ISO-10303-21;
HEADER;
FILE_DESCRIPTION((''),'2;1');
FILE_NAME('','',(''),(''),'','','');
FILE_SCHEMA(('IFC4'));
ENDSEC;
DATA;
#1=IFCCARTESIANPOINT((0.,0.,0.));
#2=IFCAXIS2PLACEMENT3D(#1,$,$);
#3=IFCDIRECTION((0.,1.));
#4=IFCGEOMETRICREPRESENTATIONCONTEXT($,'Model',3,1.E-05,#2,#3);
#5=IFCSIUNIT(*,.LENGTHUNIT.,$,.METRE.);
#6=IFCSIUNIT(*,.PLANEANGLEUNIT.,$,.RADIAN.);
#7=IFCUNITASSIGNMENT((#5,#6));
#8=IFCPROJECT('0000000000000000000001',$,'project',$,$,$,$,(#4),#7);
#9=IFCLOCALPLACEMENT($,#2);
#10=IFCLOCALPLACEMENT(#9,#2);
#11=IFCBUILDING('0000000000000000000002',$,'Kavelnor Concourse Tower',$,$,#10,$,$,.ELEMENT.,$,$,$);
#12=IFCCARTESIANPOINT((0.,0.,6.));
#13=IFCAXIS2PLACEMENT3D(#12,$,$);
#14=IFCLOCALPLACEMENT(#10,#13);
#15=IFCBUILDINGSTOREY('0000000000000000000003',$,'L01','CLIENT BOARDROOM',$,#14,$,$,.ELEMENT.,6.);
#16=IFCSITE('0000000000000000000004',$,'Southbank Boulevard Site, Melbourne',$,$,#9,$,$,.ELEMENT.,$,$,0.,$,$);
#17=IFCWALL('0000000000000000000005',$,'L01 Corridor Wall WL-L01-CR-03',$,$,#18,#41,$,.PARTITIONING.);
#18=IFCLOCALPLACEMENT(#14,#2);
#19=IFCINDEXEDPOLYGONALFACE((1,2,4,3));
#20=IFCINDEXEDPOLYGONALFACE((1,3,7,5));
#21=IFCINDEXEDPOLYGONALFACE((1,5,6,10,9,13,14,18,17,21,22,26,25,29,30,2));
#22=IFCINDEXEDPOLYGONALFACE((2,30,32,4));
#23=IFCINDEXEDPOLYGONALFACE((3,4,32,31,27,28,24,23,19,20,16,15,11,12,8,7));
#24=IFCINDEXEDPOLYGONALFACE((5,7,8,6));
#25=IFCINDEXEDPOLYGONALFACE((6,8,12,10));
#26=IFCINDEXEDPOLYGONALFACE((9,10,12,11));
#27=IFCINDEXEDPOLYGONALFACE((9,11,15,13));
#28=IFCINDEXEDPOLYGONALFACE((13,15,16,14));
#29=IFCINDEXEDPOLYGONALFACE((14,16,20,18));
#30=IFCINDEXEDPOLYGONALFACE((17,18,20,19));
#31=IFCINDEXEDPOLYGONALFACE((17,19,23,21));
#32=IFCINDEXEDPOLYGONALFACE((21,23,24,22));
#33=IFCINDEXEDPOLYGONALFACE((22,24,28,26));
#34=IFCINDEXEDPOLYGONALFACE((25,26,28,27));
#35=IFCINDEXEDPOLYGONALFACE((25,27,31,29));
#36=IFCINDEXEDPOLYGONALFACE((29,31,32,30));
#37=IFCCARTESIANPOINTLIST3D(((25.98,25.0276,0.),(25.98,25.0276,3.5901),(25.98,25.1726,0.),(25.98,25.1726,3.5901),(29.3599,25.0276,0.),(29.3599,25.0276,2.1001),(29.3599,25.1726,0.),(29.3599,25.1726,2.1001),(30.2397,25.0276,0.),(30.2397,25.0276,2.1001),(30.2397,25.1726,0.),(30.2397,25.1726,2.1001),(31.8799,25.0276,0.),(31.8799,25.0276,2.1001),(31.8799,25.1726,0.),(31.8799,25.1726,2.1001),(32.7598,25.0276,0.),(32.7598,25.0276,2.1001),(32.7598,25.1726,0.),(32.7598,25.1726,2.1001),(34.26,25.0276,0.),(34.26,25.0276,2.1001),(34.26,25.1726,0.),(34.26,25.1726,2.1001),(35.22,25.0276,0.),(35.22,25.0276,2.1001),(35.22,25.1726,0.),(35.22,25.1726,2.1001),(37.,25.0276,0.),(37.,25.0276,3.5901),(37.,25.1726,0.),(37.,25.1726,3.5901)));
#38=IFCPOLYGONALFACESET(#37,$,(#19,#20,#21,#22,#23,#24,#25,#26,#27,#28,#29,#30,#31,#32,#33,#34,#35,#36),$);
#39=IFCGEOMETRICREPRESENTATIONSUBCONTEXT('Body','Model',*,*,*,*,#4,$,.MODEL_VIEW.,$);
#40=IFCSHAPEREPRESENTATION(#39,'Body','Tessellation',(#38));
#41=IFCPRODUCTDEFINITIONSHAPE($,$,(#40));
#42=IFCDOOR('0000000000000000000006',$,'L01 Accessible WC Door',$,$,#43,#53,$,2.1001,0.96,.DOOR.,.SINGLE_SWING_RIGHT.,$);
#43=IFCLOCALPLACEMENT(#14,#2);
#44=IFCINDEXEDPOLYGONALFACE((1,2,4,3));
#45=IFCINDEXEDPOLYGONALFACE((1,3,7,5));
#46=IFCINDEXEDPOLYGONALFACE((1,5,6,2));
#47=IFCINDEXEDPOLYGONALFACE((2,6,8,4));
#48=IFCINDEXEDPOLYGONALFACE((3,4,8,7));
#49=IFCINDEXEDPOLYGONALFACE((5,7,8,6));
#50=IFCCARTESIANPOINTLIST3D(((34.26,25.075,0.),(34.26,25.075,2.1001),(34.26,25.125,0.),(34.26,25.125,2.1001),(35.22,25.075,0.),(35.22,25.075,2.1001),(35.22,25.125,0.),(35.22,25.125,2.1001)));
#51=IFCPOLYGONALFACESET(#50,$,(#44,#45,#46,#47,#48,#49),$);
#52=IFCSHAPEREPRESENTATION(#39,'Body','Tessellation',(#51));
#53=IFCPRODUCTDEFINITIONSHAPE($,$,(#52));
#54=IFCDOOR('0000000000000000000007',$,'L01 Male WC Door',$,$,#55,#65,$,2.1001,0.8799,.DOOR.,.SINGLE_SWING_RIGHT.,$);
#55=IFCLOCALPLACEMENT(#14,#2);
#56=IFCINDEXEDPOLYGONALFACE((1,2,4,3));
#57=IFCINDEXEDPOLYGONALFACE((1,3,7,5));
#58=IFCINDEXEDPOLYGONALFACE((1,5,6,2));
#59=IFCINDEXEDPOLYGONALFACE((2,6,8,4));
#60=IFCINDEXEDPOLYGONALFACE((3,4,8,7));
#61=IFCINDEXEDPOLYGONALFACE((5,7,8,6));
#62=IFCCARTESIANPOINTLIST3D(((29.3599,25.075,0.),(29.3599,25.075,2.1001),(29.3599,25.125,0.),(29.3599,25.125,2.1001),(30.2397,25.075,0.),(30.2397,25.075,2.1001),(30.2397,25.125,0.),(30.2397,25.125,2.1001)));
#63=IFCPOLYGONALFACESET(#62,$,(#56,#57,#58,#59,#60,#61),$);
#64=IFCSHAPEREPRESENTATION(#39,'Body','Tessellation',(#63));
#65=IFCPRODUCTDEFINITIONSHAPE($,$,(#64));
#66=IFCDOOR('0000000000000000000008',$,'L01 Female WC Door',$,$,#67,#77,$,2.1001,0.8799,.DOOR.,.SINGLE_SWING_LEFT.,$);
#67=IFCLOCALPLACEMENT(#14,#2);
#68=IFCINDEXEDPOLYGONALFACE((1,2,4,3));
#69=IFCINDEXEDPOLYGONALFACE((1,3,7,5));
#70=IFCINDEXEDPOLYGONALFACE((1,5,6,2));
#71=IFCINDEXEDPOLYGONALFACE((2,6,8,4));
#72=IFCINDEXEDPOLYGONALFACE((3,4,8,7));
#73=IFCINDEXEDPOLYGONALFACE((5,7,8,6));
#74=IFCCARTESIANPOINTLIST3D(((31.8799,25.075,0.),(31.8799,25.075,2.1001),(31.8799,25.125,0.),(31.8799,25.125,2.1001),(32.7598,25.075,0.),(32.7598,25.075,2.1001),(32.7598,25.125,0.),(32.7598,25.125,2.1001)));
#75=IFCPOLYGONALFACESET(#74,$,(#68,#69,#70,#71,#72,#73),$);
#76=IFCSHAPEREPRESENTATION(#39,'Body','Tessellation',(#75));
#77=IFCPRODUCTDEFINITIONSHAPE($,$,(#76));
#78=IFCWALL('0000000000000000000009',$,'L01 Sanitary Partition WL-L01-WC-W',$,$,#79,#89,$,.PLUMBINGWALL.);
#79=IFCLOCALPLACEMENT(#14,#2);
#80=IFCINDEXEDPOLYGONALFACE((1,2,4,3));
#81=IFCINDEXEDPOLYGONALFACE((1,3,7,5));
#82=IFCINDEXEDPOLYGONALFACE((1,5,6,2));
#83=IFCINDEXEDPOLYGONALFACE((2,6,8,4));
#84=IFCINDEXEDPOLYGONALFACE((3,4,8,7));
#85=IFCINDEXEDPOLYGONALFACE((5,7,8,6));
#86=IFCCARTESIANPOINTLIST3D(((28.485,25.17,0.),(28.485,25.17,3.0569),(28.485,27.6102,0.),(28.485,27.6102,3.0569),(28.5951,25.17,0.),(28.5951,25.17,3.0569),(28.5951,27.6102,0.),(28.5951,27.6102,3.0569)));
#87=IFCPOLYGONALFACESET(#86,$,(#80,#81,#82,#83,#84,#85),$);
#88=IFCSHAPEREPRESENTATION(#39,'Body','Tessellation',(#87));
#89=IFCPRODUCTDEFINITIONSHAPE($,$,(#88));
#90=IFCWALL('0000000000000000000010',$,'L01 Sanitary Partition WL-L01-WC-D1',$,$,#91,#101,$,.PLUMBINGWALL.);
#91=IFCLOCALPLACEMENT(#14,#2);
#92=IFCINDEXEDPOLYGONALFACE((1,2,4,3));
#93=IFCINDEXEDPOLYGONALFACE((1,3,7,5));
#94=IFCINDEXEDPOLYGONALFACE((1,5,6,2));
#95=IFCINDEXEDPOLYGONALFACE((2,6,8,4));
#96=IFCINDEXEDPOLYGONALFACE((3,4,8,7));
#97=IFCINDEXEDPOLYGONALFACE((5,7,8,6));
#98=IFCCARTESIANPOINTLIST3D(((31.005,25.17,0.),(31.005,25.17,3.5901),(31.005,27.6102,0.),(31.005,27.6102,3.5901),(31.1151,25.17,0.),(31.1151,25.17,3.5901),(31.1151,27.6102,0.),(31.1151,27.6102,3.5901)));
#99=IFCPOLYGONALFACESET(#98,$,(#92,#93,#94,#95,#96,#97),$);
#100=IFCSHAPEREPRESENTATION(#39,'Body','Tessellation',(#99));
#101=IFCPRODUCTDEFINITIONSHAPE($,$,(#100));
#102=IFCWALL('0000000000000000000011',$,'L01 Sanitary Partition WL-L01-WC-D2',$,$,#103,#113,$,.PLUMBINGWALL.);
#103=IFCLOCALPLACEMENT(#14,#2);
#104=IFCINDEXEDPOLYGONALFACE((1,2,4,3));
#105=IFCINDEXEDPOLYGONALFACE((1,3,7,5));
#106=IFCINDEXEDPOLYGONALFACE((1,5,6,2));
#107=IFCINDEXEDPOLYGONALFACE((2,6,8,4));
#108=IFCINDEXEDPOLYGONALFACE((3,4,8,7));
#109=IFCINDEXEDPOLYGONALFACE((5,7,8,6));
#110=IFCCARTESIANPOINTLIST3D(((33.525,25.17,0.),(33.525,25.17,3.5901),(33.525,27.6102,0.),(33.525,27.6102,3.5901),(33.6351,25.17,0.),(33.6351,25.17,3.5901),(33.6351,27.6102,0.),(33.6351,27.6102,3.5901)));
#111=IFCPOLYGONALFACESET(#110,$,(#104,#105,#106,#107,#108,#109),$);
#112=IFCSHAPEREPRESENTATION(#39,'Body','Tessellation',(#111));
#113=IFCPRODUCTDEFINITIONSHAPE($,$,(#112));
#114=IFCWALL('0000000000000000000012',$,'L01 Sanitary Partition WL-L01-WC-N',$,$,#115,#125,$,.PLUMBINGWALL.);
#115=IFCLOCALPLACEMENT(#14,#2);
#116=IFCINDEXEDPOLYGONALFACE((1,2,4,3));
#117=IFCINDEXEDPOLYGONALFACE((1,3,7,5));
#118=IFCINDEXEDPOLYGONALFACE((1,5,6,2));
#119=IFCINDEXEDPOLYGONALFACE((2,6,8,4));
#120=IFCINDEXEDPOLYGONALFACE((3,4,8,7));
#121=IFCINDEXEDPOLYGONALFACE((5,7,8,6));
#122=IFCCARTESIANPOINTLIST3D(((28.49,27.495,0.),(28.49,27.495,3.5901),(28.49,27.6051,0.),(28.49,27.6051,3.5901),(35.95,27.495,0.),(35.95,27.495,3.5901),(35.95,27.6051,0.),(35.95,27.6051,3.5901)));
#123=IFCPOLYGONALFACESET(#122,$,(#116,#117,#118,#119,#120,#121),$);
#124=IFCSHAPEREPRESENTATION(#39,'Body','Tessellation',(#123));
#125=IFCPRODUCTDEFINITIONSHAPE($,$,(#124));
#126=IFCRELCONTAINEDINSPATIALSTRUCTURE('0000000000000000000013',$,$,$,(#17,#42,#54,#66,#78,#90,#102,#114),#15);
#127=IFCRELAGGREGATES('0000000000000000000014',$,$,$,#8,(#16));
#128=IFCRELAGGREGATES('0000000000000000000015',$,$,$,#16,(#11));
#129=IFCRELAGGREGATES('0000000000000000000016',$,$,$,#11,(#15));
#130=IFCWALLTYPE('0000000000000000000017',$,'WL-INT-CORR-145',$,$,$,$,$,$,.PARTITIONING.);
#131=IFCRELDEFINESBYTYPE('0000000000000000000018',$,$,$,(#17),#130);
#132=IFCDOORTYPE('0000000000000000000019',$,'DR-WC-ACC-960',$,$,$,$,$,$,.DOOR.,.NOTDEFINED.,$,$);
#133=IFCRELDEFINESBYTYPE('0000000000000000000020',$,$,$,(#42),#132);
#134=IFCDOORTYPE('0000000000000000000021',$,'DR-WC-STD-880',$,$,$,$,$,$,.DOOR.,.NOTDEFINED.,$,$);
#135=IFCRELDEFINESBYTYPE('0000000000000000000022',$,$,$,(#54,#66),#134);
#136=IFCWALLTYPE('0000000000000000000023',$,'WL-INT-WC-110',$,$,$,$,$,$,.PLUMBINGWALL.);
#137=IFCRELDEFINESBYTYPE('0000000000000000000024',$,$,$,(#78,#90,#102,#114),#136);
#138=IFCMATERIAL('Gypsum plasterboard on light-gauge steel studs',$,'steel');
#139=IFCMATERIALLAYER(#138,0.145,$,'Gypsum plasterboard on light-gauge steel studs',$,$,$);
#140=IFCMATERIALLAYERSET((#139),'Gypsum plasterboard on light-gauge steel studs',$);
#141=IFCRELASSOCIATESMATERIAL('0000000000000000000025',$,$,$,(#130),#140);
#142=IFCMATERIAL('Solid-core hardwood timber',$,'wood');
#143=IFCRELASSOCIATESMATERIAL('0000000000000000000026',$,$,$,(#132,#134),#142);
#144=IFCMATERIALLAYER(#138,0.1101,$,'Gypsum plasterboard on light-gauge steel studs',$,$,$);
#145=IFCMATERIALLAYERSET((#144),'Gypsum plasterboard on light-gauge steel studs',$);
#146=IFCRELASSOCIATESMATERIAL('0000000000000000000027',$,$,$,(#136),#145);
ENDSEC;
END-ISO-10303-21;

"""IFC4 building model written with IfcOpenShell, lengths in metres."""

from ifc_helpers import new_model, si_unit, direction, frame, frame_2d, origin, place, context, subcontext, project, spatial, rectangle, extrude, material, layer, layer_set, type_object, element, fill, save


model = new_model("IFC4")

# Units and contexts
model_context = context("Model", 3, precision=1e-05, world=origin(), true_north=direction((0.0, 1.0)))
body_context = subcontext(model_context, "Body", "Model", "MODEL_VIEW")
ifc_project = project(units=[si_unit("LENGTHUNIT", "METRE"), si_unit("PLANEANGLEUNIT", "RADIAN")], contexts=[model_context])

# Site, building, storey
site_placement = place(None, origin())
site = spatial("IfcSite", under=ifc_project, at=site_placement, Name="Southbank Boulevard Site, Melbourne", CompositionType="ELEMENT", RefElevation=0.0)
building_placement = place(site_placement, origin())
building = spatial("IfcBuilding", under=site, at=building_placement, Name="Kavelnor Concourse Tower", CompositionType="ELEMENT")
storey_placement = place(building_placement, frame((0.0, 0.0, 6.0)))
storey = spatial("IfcBuildingStorey", under=building, at=storey_placement, Name="L01", Description="CLIENT BOARDROOM", CompositionType="ELEMENT", Elevation=6.0)

# Wall, openings, doors
ifc_material_1 = material(Name="Gypsum plasterboard on light-gauge steel studs", Category="steel")
ifc_layer_1 = layer(ifc_material_1, 0.145, Name="Gypsum plasterboard on light-gauge steel studs")
ifc_layer_set_1 = layer_set([ifc_layer_1], Name="Gypsum plasterboard on light-gauge steel studs")
wall_type_1 = type_object("IfcWallType", Name="WL-INT-CORR-145", PredefinedType="PARTITIONING", material=ifc_layer_set_1)
wall_1_placement = place(storey_placement, frame((25.98, 25.1001, 0.0), z_axis=(0.0, 0.0, 1.0), x_axis=(1.0, 0.0, 0.0)))
wall_1 = element("IfcWall", 1, at=wall_1_placement, inside=storey, type_object=wall_type_1, Name="L01 Corridor Wall WL-L01-CR-03", PredefinedType="PARTITIONING", context=body_context, shape_type="SweptSolid", body=[
    extrude(rectangle(XDim=11.02, YDim=0.145, at=frame_2d((5.51, 0.0))), origin(), (0.0, 0.0, 1.0), 3.5901),
])
opening_1_placement = place(wall_1_placement, frame((3.3799, 0.0, 0.0)))
opening_1 = element("IfcOpeningElement", 2, at=opening_1_placement, cuts=wall_1, PredefinedType="OPENING", context=body_context, shape_type="SweptSolid", body=[
    extrude(rectangle(XDim=0.8799, YDim=2.1001, at=frame_2d((0.4399, 1.05))), frame((0.0, 0.0825, 0.0), z_axis=(0.0, -1.0, 0.0), x_axis=(1.0, 0.0, 0.0)), (0.0, 0.0, 1.0), 0.165),
])
opening_2_placement = place(wall_1_placement, frame((5.8999, 0.0, 0.0)))
opening_2 = element("IfcOpeningElement", 3, at=opening_2_placement, cuts=wall_1, PredefinedType="OPENING", context=body_context, shape_type="SweptSolid", body=[
    extrude(rectangle(XDim=0.8799, YDim=2.1001, at=frame_2d((0.4399, 1.05))), frame((0.0, 0.0825, 0.0), z_axis=(0.0, -1.0, 0.0), x_axis=(1.0, 0.0, 0.0)), (0.0, 0.0, 1.0), 0.165),
])
opening_3_placement = place(wall_1_placement, frame((8.28, 0.0, 0.0)))
opening_3 = element("IfcOpeningElement", 4, at=opening_3_placement, cuts=wall_1, PredefinedType="OPENING", context=body_context, shape_type="SweptSolid", body=[
    extrude(rectangle(XDim=0.96, YDim=2.1001, at=frame_2d((0.48, 1.05))), frame((0.0, 0.0825, 0.0), z_axis=(0.0, -1.0, 0.0), x_axis=(1.0, 0.0, 0.0)), (0.0, 0.0, 1.0), 0.165),
])
ifc_material_2 = material(Name="Solid-core hardwood timber", Category="wood")
door_type_1 = type_object("IfcDoorType", Name="DR-WC-ACC-960", OperationType="NOTDEFINED", PredefinedType="DOOR", material=ifc_material_2)
door_1_placement = place(opening_3_placement, origin())
door_1 = element("IfcDoor", 5, at=door_1_placement, inside=storey, type_object=door_type_1, Name="L01 Accessible WC Door", OperationType="SINGLE_SWING_RIGHT", OverallHeight=2.1001, OverallWidth=0.96, PredefinedType="DOOR", context=body_context, shape_type="SweptSolid", body=[
    extrude(rectangle(XDim=0.96, YDim=2.1001, at=frame_2d((0.48, 1.05))), frame((0.0, 0.0249, 0.0), z_axis=(0.0, -1.0, 0.0), x_axis=(1.0, 0.0, 0.0)), (0.0, 0.0, 1.0), 0.05),
])
fill(opening_3, door_1)
door_type_2 = type_object("IfcDoorType", Name="DR-WC-STD-880", OperationType="NOTDEFINED", PredefinedType="DOOR", material=ifc_material_2)
door_2_placement = place(opening_1_placement, origin())
door_2 = element("IfcDoor", 6, at=door_2_placement, inside=storey, type_object=door_type_2, Name="L01 Male WC Door", OperationType="SINGLE_SWING_RIGHT", OverallHeight=2.1001, OverallWidth=0.8799, PredefinedType="DOOR", context=body_context, shape_type="SweptSolid", body=[
    extrude(rectangle(XDim=0.8799, YDim=2.1001, at=frame_2d((0.4399, 1.05))), frame((0.0, 0.0249, 0.0), z_axis=(0.0, -1.0, 0.0), x_axis=(1.0, 0.0, 0.0)), (0.0, 0.0, 1.0), 0.05),
])
fill(opening_1, door_2)
door_3_placement = place(opening_2_placement, origin())
door_3 = element("IfcDoor", 7, at=door_3_placement, inside=storey, type_object=door_type_2, Name="L01 Female WC Door", OperationType="SINGLE_SWING_LEFT", OverallHeight=2.1001, OverallWidth=0.8799, PredefinedType="DOOR", context=body_context, shape_type="SweptSolid", body=[
    extrude(rectangle(XDim=0.8799, YDim=2.1001, at=frame_2d((0.4399, 1.05))), frame((0.0, 0.0249, 0.0), z_axis=(0.0, -1.0, 0.0), x_axis=(1.0, 0.0, 0.0)), (0.0, 0.0, 1.0), 0.05),
])
fill(opening_2, door_3)

# Walls
ifc_layer_2 = layer(ifc_material_1, 0.1101, Name="Gypsum plasterboard on light-gauge steel studs")
ifc_layer_set_2 = layer_set([ifc_layer_2], Name="Gypsum plasterboard on light-gauge steel studs")
wall_type_2 = type_object("IfcWallType", Name="WL-INT-WC-110", PredefinedType="PLUMBINGWALL", material=ifc_layer_set_2)
wall_2_placement = place(storey_placement, frame((28.54, 25.1699, 0.0), z_axis=(0.0, 0.0, 1.0), x_axis=(0.0, 1.0, 0.0)))
element("IfcWall", 8, at=wall_2_placement, inside=storey, type_object=wall_type_2, Name="L01 Sanitary Partition WL-L01-WC-W", PredefinedType="PLUMBINGWALL", context=body_context, shape_type="SweptSolid", body=[
    extrude(rectangle(XDim=2.4402, YDim=0.1101, at=frame_2d((1.2202, 0.0))), origin(), (0.0, 0.0, 1.0), 3.0569),
])
for number, where, z_axis, x_axis, name in (
    (9, (31.0601, 25.1699, 0.0), (0.0, 0.0, 1.0), (0.0, 1.0, 0.0), "L01 Sanitary Partition WL-L01-WC-D1"),
    (10, (33.5801, 25.1699, 0.0), (0.0, 0.0, 1.0), (0.0, 1.0, 0.0), "L01 Sanitary Partition WL-L01-WC-D2"),
):
    element("IfcWall", number, at=place(storey_placement, frame(where, z_axis=z_axis, x_axis=x_axis)), inside=storey, type_object=wall_type_2, Name=name, PredefinedType="PLUMBINGWALL", context=body_context, shape_type="SweptSolid", body=[
        extrude(rectangle(XDim=2.4402, YDim=0.1101, at=frame_2d((1.2202, 0.0))), origin(), (0.0, 0.0, 1.0), 3.5901),
    ])
wall_3_placement = place(storey_placement, frame((28.49, 27.55, 0.0), z_axis=(0.0, 0.0, 1.0), x_axis=(1.0, 0.0, 0.0)))
element("IfcWall", 11, at=wall_3_placement, inside=storey, type_object=wall_type_2, Name="L01 Sanitary Partition WL-L01-WC-N", PredefinedType="PLUMBINGWALL", context=body_context, shape_type="SweptSolid", body=[
    extrude(rectangle(XDim=7.46, YDim=0.1101, at=frame_2d((3.73, 0.0))), origin(), (0.0, 0.0, 1.0), 3.5901),
])

save(model, "model.ifc")
